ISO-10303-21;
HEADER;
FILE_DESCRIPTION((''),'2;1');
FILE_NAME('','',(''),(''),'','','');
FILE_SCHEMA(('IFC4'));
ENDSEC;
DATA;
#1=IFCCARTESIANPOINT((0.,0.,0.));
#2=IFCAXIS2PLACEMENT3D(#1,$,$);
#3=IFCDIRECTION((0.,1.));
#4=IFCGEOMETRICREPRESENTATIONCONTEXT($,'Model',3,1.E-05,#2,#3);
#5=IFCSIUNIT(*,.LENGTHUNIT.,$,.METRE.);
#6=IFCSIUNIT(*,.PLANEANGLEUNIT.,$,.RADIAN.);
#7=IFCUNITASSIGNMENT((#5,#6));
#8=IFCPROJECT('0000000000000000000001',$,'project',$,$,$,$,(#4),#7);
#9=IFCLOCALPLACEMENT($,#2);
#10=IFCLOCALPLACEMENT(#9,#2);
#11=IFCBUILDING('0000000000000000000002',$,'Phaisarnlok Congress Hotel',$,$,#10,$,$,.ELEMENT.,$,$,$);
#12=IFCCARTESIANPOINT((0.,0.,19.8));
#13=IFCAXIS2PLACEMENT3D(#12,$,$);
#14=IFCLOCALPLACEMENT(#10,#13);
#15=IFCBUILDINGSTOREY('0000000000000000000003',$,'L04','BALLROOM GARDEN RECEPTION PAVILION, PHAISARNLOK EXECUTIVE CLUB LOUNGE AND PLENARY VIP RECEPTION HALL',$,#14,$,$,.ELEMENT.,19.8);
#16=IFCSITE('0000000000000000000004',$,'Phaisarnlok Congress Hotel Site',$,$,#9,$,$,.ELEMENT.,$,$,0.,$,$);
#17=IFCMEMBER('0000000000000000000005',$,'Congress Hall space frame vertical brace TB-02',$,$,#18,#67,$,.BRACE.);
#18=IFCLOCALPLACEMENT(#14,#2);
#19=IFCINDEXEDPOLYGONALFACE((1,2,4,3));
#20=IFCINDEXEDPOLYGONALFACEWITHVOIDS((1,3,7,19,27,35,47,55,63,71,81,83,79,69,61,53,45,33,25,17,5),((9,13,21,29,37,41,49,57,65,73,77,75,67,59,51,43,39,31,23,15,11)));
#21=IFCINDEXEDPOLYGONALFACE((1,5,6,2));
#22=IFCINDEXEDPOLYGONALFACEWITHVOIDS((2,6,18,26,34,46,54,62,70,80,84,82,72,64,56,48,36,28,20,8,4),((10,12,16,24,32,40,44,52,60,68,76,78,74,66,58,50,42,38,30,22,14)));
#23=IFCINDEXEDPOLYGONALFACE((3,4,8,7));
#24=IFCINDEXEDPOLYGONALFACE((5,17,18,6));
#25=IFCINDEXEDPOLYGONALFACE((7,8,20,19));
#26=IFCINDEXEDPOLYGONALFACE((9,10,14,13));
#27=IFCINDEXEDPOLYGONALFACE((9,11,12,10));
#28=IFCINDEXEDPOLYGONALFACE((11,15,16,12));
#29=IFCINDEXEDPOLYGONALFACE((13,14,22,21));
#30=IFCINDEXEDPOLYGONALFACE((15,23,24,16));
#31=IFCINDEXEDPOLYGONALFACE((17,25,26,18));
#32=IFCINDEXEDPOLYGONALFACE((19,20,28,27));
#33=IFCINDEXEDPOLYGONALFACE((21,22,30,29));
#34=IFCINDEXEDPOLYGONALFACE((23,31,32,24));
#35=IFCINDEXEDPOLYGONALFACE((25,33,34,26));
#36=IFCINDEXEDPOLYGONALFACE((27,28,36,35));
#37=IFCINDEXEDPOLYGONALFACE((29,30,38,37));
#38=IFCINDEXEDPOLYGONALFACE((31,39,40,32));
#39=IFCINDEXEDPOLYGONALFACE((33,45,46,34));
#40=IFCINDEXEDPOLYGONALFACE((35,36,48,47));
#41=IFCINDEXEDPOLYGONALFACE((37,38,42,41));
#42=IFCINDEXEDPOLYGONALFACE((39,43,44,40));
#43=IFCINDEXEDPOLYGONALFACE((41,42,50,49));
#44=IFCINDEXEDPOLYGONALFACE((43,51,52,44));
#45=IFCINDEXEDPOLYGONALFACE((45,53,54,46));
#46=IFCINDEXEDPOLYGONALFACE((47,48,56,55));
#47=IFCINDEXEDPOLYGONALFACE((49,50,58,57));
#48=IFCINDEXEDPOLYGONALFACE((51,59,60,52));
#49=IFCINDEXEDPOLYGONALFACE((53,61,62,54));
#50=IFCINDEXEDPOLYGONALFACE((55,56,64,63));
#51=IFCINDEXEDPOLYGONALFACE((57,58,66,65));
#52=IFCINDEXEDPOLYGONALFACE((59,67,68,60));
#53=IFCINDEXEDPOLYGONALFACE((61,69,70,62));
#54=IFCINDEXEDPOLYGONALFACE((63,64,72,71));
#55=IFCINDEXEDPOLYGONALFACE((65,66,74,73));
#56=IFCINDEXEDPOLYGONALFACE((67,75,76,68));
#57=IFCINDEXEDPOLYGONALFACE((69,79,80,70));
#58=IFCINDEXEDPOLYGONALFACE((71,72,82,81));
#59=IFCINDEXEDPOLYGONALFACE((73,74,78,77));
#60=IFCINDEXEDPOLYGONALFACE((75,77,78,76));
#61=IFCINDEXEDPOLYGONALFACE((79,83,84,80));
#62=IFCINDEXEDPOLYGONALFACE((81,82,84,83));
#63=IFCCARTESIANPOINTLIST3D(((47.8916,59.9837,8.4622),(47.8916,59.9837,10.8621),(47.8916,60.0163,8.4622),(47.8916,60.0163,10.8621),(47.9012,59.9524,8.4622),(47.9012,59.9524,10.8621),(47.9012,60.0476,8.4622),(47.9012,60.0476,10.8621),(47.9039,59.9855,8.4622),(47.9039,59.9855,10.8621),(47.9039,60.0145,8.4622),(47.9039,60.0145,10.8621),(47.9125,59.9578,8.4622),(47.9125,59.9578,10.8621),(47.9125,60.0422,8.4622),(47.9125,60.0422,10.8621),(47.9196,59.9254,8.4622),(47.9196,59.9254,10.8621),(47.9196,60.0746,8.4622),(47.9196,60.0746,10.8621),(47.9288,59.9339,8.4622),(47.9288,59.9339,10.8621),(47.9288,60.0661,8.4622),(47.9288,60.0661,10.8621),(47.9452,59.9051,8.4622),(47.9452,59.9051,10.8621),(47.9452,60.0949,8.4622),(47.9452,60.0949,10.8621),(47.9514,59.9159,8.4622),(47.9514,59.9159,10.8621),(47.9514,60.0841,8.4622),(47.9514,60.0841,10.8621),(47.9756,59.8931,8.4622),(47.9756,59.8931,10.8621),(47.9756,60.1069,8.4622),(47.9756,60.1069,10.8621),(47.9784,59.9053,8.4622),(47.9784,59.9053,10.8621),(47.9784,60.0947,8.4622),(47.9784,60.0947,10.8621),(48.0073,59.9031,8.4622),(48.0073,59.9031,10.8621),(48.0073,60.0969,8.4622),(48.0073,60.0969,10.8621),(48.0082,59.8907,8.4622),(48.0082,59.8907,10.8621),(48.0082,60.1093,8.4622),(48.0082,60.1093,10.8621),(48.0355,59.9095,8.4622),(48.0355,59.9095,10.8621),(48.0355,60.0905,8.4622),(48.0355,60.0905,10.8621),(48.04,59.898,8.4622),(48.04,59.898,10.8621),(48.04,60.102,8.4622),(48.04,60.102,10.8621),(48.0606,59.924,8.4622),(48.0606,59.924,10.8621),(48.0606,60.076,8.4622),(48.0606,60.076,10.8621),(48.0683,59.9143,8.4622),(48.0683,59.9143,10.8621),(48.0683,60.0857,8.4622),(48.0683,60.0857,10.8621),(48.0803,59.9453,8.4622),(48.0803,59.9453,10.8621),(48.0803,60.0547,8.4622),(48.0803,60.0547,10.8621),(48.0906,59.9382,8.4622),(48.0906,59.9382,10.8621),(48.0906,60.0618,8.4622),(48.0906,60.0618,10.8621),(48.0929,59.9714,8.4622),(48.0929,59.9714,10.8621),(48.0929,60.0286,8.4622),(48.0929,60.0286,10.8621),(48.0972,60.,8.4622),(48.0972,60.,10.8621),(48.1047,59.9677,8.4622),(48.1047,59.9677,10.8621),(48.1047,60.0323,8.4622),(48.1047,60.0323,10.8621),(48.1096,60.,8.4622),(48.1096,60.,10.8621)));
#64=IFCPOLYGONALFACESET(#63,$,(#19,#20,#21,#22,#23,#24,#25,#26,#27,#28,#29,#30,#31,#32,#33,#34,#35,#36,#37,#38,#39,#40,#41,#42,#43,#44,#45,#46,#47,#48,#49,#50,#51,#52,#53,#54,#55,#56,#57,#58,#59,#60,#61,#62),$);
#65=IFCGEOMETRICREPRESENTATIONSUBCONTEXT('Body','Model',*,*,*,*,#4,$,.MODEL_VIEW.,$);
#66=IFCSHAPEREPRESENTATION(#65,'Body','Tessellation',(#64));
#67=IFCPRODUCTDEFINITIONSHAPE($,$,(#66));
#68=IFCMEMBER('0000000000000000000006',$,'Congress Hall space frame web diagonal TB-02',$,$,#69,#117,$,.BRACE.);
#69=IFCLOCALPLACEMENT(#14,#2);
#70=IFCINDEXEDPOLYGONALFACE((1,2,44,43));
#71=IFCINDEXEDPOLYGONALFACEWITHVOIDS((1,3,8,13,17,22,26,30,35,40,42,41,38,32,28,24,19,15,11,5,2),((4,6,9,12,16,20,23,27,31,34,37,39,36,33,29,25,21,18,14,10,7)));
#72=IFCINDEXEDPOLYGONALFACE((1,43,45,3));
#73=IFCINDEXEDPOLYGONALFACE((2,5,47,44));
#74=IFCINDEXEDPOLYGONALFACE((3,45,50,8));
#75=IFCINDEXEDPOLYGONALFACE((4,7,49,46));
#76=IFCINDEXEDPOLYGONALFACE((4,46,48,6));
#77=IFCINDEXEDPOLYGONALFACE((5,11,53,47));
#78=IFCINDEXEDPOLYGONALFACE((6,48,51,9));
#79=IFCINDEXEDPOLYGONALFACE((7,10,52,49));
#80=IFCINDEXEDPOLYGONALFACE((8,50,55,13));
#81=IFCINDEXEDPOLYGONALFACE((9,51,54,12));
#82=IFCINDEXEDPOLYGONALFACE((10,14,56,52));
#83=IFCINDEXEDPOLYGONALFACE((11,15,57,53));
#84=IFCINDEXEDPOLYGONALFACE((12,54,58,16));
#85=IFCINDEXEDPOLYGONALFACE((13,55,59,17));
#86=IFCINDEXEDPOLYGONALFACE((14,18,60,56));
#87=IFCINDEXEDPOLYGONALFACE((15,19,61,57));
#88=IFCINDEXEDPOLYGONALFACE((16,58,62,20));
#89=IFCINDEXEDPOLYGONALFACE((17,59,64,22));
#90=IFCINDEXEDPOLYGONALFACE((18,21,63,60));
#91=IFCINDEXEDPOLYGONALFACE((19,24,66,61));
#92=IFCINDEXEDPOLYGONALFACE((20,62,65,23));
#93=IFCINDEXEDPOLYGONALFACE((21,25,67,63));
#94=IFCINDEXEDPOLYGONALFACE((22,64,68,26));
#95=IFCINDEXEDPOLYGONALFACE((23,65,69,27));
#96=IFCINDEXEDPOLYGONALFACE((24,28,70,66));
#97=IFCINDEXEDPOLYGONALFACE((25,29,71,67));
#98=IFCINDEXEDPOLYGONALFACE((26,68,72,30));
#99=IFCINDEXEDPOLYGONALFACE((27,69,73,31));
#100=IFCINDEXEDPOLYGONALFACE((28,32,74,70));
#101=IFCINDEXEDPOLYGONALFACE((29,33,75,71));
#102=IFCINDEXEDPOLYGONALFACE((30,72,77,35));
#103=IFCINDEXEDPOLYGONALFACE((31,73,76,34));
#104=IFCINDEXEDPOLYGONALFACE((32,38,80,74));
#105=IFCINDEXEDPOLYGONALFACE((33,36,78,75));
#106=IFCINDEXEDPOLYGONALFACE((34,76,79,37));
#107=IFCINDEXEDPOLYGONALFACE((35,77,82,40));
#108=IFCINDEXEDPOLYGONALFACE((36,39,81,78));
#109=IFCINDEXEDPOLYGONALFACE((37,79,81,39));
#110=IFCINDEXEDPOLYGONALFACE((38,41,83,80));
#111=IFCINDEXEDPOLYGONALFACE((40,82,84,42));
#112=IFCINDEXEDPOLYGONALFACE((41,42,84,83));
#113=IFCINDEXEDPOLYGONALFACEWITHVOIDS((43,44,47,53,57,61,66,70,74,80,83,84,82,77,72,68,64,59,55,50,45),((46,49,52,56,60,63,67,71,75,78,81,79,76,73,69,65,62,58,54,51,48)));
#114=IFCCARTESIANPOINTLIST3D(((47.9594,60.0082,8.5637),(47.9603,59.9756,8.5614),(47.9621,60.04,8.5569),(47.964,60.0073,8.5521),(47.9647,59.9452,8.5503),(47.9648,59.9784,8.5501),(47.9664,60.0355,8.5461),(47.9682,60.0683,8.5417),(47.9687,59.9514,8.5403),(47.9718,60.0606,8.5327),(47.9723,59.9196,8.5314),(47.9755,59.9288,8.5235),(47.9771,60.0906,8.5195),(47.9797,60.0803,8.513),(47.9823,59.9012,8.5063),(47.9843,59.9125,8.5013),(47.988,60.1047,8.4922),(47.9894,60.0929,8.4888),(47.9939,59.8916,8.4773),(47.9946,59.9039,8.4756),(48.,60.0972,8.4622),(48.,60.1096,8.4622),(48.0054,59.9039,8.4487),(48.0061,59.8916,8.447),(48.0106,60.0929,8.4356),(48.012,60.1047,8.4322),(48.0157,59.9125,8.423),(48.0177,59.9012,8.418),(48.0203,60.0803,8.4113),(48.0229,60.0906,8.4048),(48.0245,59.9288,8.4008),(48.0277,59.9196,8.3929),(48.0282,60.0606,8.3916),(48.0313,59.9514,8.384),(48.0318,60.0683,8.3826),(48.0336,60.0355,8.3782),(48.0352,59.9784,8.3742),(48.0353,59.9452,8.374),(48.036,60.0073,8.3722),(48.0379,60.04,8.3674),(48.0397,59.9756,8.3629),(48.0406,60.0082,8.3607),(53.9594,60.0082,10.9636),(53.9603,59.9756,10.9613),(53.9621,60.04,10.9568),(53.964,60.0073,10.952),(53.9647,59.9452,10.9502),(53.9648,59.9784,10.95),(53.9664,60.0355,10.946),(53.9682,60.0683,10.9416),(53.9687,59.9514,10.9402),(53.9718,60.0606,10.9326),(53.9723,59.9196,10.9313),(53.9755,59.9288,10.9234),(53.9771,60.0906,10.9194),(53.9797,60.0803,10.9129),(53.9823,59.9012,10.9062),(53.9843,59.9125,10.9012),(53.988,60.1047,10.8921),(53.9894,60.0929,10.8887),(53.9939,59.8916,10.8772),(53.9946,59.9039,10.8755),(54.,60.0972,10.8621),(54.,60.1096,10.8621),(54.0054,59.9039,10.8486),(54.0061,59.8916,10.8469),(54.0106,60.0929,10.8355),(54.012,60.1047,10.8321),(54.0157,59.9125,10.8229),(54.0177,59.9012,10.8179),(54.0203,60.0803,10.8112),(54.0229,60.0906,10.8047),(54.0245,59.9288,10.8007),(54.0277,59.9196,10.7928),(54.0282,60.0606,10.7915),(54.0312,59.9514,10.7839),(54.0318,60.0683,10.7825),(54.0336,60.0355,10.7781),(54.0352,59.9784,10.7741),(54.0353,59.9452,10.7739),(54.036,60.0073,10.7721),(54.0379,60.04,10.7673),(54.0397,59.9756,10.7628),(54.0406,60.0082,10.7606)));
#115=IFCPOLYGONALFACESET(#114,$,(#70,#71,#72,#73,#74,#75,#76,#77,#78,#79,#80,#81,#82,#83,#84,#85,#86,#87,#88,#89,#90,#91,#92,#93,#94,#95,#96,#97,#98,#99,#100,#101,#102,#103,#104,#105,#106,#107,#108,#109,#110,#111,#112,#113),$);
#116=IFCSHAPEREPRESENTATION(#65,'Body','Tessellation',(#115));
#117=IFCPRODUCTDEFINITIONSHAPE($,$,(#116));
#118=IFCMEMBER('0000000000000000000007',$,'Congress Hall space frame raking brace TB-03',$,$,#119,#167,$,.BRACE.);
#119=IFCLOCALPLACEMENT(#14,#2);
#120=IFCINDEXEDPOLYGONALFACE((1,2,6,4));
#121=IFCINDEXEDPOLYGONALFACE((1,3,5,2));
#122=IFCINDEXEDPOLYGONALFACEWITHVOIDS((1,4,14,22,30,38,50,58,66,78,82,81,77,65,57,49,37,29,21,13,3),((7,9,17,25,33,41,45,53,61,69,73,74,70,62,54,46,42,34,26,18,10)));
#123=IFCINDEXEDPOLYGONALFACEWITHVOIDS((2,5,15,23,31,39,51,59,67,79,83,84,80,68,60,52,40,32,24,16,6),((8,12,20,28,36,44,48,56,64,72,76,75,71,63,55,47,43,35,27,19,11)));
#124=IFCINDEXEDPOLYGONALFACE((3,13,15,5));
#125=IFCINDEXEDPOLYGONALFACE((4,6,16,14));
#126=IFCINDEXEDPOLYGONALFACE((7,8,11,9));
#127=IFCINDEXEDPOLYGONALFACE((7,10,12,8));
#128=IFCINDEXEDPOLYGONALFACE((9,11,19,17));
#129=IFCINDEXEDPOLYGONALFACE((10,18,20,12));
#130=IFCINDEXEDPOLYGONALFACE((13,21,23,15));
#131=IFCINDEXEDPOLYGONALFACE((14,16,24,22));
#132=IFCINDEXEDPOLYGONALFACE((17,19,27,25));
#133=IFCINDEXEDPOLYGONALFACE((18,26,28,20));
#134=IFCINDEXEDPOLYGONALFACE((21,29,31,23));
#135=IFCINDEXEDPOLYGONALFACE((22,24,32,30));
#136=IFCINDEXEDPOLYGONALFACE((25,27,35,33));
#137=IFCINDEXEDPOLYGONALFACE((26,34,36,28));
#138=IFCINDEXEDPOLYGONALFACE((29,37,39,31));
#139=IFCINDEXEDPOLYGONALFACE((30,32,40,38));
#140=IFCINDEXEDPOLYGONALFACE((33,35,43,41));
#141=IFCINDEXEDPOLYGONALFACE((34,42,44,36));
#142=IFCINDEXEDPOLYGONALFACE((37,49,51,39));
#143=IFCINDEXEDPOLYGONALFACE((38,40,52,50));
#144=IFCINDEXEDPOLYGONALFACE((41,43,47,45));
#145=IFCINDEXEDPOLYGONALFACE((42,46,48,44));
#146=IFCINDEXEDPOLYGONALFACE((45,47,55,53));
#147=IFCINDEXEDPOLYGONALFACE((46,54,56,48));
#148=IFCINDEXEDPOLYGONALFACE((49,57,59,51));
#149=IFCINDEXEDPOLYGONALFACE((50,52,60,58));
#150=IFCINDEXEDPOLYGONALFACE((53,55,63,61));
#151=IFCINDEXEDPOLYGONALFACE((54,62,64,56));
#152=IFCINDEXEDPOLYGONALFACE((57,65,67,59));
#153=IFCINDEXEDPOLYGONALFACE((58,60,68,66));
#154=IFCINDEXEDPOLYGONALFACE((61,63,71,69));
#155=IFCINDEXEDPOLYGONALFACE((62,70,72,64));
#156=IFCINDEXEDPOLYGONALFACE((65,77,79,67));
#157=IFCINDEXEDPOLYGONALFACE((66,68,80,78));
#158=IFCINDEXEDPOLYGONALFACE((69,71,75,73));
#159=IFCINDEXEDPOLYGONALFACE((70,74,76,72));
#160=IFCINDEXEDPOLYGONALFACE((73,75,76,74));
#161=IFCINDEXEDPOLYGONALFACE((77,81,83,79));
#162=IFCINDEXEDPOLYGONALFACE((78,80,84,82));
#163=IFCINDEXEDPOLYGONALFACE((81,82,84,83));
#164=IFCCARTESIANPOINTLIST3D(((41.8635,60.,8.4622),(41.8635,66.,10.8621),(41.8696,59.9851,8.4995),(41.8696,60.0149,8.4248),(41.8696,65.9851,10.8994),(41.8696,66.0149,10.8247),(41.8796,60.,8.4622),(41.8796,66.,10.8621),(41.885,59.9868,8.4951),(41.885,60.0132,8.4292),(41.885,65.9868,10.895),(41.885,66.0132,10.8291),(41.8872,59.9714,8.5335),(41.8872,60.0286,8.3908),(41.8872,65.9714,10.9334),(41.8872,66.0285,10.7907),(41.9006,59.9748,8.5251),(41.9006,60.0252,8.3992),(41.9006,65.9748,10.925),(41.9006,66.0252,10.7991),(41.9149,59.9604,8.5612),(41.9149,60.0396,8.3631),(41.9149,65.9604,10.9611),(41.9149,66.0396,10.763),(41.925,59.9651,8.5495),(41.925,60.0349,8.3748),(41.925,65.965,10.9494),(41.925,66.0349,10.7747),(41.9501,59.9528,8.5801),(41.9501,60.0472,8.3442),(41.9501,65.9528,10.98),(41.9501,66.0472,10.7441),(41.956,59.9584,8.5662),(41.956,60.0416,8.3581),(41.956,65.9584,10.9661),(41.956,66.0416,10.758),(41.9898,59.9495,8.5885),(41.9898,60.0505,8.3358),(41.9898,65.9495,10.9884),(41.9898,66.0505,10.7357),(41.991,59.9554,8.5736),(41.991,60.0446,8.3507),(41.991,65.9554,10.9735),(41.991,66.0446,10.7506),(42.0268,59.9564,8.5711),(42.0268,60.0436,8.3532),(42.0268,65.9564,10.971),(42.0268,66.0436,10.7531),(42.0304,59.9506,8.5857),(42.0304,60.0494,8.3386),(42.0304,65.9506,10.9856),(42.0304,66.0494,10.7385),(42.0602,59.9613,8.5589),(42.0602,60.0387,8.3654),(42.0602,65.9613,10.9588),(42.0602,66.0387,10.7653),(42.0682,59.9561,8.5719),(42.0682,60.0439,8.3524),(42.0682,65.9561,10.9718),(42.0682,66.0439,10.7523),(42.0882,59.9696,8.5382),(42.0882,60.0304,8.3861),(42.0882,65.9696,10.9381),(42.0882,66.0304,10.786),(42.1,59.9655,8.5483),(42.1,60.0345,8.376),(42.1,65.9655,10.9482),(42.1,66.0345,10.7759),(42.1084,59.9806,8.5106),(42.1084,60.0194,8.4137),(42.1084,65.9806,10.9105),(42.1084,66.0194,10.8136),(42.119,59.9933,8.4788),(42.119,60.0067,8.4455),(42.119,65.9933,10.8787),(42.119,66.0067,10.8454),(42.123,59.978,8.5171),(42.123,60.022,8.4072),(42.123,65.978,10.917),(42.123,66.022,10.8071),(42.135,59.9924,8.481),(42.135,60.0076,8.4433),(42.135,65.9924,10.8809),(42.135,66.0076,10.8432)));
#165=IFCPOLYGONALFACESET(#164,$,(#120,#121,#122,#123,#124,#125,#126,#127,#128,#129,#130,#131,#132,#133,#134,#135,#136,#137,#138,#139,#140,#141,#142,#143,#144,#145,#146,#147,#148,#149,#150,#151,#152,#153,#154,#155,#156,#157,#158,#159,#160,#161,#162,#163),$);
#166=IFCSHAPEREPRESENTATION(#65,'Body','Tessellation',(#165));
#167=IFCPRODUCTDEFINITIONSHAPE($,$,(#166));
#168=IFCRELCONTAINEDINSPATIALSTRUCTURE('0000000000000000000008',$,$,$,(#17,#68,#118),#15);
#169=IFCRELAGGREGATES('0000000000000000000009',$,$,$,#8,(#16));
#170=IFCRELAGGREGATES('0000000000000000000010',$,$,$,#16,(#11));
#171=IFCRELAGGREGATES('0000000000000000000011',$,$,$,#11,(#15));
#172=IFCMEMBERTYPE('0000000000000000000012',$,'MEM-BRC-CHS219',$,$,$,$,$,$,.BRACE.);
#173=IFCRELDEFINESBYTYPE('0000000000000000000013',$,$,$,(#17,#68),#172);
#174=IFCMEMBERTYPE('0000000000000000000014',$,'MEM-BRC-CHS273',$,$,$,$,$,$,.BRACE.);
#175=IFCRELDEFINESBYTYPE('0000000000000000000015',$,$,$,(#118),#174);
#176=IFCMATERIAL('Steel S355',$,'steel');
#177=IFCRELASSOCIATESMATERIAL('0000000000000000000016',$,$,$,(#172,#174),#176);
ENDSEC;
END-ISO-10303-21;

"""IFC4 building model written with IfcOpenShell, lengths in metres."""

from ifc_helpers import new_model, si_unit, direction, frame, origin, origin_2d, place, context, subcontext, project, spatial, hollow_circle, extrude, material, material_profile, profile_set, type_object, element, save


model = new_model("IFC4")

# Units and contexts
model_context = context("Model", 3, precision=1e-05, world=origin(), true_north=direction((0.0, 1.0)))
body_context = subcontext(model_context, "Body", "Model", "MODEL_VIEW")
ifc_project = project(units=[si_unit("LENGTHUNIT", "METRE"), si_unit("PLANEANGLEUNIT", "RADIAN")], contexts=[model_context])

# Site, building, storey
site_placement = place(None, origin())
site = spatial("IfcSite", under=ifc_project, at=site_placement, Name="Phaisarnlok Congress Hotel Site", CompositionType="ELEMENT", RefElevation=0.0)
building_placement = place(site_placement, origin())
building = spatial("IfcBuilding", under=site, at=building_placement, Name="Phaisarnlok Congress Hotel", CompositionType="ELEMENT")
storey_placement = place(building_placement, frame((0.0, 0.0, 19.8)))
storey = spatial("IfcBuildingStorey", under=building, at=storey_placement, Name="L04", Description="BALLROOM GARDEN RECEPTION PAVILION, PHAISARNLOK EXECUTIVE CLUB LOUNGE AND PLENARY VIP RECEPTION HALL", CompositionType="ELEMENT", Elevation=19.8)

# Members
ifc_material = material(Name="Steel S355", Category="steel")
ifc_material_profile_1 = material_profile(ifc_material, hollow_circle(Radius=0.1096, WallThickness=0.0125, at=origin_2d()), Name="CHS 219.1x12.5")
ifc_profile_set_1 = profile_set([ifc_material_profile_1], Name="Steel S355")
member_type_1 = type_object("IfcMemberType", Name="MEM-BRC-CHS219", PredefinedType="BRACE", material=ifc_profile_set_1)
member_1_placement = place(storey_placement, frame((48.0, 60.0, 8.4622), z_axis=(0.0, 0.0, 1.0), x_axis=(1.0, 0.0, 0.0)))
element("IfcMember", 1, at=member_1_placement, inside=storey, type_object=member_type_1, Name="Congress Hall space frame vertical brace TB-02", PredefinedType="BRACE", context=body_context, shape_type="SweptSolid", body=[
    extrude(hollow_circle(Radius=0.1096, WallThickness=0.0125, at=origin_2d()), origin(), (0.0, 0.0, 1.0), 2.3999),
])
member_2_placement = place(storey_placement, frame((48.0, 60.0, 8.4622), z_axis=(0.928482, 0.0, 0.371378), x_axis=(0.0, 1.0, 0.0)))
element("IfcMember", 2, at=member_2_placement, inside=storey, type_object=member_type_1, Name="Congress Hall space frame web diagonal TB-02", PredefinedType="BRACE", context=body_context, shape_type="SweptSolid", body=[
    extrude(hollow_circle(Radius=0.1096, WallThickness=0.0125, at=origin_2d()), origin(), (0.0, 0.0, 1.0), 6.4622),
])
ifc_material_profile_2 = material_profile(ifc_material, hollow_circle(Radius=0.1365, WallThickness=0.0161, at=origin_2d()), Name="CHS 273x16")
ifc_profile_set_2 = profile_set([ifc_material_profile_2], Name="Steel S355")
member_type_2 = type_object("IfcMemberType", Name="MEM-BRC-CHS273", PredefinedType="BRACE", material=ifc_profile_set_2)
member_3_placement = place(storey_placement, frame((42.0, 60.0, 8.4622), z_axis=(0.0, 0.928482, 0.371378), x_axis=(-1.0, 0.0, 0.0)))
element("IfcMember", 3, at=member_3_placement, inside=storey, type_object=member_type_2, Name="Congress Hall space frame raking brace TB-03", PredefinedType="BRACE", context=body_context, shape_type="SweptSolid", body=[
    extrude(hollow_circle(Radius=0.1365, WallThickness=0.0161, at=origin_2d()), origin(), (0.0, 0.0, 1.0), 6.4622),
])

save(model, "model.ifc")
